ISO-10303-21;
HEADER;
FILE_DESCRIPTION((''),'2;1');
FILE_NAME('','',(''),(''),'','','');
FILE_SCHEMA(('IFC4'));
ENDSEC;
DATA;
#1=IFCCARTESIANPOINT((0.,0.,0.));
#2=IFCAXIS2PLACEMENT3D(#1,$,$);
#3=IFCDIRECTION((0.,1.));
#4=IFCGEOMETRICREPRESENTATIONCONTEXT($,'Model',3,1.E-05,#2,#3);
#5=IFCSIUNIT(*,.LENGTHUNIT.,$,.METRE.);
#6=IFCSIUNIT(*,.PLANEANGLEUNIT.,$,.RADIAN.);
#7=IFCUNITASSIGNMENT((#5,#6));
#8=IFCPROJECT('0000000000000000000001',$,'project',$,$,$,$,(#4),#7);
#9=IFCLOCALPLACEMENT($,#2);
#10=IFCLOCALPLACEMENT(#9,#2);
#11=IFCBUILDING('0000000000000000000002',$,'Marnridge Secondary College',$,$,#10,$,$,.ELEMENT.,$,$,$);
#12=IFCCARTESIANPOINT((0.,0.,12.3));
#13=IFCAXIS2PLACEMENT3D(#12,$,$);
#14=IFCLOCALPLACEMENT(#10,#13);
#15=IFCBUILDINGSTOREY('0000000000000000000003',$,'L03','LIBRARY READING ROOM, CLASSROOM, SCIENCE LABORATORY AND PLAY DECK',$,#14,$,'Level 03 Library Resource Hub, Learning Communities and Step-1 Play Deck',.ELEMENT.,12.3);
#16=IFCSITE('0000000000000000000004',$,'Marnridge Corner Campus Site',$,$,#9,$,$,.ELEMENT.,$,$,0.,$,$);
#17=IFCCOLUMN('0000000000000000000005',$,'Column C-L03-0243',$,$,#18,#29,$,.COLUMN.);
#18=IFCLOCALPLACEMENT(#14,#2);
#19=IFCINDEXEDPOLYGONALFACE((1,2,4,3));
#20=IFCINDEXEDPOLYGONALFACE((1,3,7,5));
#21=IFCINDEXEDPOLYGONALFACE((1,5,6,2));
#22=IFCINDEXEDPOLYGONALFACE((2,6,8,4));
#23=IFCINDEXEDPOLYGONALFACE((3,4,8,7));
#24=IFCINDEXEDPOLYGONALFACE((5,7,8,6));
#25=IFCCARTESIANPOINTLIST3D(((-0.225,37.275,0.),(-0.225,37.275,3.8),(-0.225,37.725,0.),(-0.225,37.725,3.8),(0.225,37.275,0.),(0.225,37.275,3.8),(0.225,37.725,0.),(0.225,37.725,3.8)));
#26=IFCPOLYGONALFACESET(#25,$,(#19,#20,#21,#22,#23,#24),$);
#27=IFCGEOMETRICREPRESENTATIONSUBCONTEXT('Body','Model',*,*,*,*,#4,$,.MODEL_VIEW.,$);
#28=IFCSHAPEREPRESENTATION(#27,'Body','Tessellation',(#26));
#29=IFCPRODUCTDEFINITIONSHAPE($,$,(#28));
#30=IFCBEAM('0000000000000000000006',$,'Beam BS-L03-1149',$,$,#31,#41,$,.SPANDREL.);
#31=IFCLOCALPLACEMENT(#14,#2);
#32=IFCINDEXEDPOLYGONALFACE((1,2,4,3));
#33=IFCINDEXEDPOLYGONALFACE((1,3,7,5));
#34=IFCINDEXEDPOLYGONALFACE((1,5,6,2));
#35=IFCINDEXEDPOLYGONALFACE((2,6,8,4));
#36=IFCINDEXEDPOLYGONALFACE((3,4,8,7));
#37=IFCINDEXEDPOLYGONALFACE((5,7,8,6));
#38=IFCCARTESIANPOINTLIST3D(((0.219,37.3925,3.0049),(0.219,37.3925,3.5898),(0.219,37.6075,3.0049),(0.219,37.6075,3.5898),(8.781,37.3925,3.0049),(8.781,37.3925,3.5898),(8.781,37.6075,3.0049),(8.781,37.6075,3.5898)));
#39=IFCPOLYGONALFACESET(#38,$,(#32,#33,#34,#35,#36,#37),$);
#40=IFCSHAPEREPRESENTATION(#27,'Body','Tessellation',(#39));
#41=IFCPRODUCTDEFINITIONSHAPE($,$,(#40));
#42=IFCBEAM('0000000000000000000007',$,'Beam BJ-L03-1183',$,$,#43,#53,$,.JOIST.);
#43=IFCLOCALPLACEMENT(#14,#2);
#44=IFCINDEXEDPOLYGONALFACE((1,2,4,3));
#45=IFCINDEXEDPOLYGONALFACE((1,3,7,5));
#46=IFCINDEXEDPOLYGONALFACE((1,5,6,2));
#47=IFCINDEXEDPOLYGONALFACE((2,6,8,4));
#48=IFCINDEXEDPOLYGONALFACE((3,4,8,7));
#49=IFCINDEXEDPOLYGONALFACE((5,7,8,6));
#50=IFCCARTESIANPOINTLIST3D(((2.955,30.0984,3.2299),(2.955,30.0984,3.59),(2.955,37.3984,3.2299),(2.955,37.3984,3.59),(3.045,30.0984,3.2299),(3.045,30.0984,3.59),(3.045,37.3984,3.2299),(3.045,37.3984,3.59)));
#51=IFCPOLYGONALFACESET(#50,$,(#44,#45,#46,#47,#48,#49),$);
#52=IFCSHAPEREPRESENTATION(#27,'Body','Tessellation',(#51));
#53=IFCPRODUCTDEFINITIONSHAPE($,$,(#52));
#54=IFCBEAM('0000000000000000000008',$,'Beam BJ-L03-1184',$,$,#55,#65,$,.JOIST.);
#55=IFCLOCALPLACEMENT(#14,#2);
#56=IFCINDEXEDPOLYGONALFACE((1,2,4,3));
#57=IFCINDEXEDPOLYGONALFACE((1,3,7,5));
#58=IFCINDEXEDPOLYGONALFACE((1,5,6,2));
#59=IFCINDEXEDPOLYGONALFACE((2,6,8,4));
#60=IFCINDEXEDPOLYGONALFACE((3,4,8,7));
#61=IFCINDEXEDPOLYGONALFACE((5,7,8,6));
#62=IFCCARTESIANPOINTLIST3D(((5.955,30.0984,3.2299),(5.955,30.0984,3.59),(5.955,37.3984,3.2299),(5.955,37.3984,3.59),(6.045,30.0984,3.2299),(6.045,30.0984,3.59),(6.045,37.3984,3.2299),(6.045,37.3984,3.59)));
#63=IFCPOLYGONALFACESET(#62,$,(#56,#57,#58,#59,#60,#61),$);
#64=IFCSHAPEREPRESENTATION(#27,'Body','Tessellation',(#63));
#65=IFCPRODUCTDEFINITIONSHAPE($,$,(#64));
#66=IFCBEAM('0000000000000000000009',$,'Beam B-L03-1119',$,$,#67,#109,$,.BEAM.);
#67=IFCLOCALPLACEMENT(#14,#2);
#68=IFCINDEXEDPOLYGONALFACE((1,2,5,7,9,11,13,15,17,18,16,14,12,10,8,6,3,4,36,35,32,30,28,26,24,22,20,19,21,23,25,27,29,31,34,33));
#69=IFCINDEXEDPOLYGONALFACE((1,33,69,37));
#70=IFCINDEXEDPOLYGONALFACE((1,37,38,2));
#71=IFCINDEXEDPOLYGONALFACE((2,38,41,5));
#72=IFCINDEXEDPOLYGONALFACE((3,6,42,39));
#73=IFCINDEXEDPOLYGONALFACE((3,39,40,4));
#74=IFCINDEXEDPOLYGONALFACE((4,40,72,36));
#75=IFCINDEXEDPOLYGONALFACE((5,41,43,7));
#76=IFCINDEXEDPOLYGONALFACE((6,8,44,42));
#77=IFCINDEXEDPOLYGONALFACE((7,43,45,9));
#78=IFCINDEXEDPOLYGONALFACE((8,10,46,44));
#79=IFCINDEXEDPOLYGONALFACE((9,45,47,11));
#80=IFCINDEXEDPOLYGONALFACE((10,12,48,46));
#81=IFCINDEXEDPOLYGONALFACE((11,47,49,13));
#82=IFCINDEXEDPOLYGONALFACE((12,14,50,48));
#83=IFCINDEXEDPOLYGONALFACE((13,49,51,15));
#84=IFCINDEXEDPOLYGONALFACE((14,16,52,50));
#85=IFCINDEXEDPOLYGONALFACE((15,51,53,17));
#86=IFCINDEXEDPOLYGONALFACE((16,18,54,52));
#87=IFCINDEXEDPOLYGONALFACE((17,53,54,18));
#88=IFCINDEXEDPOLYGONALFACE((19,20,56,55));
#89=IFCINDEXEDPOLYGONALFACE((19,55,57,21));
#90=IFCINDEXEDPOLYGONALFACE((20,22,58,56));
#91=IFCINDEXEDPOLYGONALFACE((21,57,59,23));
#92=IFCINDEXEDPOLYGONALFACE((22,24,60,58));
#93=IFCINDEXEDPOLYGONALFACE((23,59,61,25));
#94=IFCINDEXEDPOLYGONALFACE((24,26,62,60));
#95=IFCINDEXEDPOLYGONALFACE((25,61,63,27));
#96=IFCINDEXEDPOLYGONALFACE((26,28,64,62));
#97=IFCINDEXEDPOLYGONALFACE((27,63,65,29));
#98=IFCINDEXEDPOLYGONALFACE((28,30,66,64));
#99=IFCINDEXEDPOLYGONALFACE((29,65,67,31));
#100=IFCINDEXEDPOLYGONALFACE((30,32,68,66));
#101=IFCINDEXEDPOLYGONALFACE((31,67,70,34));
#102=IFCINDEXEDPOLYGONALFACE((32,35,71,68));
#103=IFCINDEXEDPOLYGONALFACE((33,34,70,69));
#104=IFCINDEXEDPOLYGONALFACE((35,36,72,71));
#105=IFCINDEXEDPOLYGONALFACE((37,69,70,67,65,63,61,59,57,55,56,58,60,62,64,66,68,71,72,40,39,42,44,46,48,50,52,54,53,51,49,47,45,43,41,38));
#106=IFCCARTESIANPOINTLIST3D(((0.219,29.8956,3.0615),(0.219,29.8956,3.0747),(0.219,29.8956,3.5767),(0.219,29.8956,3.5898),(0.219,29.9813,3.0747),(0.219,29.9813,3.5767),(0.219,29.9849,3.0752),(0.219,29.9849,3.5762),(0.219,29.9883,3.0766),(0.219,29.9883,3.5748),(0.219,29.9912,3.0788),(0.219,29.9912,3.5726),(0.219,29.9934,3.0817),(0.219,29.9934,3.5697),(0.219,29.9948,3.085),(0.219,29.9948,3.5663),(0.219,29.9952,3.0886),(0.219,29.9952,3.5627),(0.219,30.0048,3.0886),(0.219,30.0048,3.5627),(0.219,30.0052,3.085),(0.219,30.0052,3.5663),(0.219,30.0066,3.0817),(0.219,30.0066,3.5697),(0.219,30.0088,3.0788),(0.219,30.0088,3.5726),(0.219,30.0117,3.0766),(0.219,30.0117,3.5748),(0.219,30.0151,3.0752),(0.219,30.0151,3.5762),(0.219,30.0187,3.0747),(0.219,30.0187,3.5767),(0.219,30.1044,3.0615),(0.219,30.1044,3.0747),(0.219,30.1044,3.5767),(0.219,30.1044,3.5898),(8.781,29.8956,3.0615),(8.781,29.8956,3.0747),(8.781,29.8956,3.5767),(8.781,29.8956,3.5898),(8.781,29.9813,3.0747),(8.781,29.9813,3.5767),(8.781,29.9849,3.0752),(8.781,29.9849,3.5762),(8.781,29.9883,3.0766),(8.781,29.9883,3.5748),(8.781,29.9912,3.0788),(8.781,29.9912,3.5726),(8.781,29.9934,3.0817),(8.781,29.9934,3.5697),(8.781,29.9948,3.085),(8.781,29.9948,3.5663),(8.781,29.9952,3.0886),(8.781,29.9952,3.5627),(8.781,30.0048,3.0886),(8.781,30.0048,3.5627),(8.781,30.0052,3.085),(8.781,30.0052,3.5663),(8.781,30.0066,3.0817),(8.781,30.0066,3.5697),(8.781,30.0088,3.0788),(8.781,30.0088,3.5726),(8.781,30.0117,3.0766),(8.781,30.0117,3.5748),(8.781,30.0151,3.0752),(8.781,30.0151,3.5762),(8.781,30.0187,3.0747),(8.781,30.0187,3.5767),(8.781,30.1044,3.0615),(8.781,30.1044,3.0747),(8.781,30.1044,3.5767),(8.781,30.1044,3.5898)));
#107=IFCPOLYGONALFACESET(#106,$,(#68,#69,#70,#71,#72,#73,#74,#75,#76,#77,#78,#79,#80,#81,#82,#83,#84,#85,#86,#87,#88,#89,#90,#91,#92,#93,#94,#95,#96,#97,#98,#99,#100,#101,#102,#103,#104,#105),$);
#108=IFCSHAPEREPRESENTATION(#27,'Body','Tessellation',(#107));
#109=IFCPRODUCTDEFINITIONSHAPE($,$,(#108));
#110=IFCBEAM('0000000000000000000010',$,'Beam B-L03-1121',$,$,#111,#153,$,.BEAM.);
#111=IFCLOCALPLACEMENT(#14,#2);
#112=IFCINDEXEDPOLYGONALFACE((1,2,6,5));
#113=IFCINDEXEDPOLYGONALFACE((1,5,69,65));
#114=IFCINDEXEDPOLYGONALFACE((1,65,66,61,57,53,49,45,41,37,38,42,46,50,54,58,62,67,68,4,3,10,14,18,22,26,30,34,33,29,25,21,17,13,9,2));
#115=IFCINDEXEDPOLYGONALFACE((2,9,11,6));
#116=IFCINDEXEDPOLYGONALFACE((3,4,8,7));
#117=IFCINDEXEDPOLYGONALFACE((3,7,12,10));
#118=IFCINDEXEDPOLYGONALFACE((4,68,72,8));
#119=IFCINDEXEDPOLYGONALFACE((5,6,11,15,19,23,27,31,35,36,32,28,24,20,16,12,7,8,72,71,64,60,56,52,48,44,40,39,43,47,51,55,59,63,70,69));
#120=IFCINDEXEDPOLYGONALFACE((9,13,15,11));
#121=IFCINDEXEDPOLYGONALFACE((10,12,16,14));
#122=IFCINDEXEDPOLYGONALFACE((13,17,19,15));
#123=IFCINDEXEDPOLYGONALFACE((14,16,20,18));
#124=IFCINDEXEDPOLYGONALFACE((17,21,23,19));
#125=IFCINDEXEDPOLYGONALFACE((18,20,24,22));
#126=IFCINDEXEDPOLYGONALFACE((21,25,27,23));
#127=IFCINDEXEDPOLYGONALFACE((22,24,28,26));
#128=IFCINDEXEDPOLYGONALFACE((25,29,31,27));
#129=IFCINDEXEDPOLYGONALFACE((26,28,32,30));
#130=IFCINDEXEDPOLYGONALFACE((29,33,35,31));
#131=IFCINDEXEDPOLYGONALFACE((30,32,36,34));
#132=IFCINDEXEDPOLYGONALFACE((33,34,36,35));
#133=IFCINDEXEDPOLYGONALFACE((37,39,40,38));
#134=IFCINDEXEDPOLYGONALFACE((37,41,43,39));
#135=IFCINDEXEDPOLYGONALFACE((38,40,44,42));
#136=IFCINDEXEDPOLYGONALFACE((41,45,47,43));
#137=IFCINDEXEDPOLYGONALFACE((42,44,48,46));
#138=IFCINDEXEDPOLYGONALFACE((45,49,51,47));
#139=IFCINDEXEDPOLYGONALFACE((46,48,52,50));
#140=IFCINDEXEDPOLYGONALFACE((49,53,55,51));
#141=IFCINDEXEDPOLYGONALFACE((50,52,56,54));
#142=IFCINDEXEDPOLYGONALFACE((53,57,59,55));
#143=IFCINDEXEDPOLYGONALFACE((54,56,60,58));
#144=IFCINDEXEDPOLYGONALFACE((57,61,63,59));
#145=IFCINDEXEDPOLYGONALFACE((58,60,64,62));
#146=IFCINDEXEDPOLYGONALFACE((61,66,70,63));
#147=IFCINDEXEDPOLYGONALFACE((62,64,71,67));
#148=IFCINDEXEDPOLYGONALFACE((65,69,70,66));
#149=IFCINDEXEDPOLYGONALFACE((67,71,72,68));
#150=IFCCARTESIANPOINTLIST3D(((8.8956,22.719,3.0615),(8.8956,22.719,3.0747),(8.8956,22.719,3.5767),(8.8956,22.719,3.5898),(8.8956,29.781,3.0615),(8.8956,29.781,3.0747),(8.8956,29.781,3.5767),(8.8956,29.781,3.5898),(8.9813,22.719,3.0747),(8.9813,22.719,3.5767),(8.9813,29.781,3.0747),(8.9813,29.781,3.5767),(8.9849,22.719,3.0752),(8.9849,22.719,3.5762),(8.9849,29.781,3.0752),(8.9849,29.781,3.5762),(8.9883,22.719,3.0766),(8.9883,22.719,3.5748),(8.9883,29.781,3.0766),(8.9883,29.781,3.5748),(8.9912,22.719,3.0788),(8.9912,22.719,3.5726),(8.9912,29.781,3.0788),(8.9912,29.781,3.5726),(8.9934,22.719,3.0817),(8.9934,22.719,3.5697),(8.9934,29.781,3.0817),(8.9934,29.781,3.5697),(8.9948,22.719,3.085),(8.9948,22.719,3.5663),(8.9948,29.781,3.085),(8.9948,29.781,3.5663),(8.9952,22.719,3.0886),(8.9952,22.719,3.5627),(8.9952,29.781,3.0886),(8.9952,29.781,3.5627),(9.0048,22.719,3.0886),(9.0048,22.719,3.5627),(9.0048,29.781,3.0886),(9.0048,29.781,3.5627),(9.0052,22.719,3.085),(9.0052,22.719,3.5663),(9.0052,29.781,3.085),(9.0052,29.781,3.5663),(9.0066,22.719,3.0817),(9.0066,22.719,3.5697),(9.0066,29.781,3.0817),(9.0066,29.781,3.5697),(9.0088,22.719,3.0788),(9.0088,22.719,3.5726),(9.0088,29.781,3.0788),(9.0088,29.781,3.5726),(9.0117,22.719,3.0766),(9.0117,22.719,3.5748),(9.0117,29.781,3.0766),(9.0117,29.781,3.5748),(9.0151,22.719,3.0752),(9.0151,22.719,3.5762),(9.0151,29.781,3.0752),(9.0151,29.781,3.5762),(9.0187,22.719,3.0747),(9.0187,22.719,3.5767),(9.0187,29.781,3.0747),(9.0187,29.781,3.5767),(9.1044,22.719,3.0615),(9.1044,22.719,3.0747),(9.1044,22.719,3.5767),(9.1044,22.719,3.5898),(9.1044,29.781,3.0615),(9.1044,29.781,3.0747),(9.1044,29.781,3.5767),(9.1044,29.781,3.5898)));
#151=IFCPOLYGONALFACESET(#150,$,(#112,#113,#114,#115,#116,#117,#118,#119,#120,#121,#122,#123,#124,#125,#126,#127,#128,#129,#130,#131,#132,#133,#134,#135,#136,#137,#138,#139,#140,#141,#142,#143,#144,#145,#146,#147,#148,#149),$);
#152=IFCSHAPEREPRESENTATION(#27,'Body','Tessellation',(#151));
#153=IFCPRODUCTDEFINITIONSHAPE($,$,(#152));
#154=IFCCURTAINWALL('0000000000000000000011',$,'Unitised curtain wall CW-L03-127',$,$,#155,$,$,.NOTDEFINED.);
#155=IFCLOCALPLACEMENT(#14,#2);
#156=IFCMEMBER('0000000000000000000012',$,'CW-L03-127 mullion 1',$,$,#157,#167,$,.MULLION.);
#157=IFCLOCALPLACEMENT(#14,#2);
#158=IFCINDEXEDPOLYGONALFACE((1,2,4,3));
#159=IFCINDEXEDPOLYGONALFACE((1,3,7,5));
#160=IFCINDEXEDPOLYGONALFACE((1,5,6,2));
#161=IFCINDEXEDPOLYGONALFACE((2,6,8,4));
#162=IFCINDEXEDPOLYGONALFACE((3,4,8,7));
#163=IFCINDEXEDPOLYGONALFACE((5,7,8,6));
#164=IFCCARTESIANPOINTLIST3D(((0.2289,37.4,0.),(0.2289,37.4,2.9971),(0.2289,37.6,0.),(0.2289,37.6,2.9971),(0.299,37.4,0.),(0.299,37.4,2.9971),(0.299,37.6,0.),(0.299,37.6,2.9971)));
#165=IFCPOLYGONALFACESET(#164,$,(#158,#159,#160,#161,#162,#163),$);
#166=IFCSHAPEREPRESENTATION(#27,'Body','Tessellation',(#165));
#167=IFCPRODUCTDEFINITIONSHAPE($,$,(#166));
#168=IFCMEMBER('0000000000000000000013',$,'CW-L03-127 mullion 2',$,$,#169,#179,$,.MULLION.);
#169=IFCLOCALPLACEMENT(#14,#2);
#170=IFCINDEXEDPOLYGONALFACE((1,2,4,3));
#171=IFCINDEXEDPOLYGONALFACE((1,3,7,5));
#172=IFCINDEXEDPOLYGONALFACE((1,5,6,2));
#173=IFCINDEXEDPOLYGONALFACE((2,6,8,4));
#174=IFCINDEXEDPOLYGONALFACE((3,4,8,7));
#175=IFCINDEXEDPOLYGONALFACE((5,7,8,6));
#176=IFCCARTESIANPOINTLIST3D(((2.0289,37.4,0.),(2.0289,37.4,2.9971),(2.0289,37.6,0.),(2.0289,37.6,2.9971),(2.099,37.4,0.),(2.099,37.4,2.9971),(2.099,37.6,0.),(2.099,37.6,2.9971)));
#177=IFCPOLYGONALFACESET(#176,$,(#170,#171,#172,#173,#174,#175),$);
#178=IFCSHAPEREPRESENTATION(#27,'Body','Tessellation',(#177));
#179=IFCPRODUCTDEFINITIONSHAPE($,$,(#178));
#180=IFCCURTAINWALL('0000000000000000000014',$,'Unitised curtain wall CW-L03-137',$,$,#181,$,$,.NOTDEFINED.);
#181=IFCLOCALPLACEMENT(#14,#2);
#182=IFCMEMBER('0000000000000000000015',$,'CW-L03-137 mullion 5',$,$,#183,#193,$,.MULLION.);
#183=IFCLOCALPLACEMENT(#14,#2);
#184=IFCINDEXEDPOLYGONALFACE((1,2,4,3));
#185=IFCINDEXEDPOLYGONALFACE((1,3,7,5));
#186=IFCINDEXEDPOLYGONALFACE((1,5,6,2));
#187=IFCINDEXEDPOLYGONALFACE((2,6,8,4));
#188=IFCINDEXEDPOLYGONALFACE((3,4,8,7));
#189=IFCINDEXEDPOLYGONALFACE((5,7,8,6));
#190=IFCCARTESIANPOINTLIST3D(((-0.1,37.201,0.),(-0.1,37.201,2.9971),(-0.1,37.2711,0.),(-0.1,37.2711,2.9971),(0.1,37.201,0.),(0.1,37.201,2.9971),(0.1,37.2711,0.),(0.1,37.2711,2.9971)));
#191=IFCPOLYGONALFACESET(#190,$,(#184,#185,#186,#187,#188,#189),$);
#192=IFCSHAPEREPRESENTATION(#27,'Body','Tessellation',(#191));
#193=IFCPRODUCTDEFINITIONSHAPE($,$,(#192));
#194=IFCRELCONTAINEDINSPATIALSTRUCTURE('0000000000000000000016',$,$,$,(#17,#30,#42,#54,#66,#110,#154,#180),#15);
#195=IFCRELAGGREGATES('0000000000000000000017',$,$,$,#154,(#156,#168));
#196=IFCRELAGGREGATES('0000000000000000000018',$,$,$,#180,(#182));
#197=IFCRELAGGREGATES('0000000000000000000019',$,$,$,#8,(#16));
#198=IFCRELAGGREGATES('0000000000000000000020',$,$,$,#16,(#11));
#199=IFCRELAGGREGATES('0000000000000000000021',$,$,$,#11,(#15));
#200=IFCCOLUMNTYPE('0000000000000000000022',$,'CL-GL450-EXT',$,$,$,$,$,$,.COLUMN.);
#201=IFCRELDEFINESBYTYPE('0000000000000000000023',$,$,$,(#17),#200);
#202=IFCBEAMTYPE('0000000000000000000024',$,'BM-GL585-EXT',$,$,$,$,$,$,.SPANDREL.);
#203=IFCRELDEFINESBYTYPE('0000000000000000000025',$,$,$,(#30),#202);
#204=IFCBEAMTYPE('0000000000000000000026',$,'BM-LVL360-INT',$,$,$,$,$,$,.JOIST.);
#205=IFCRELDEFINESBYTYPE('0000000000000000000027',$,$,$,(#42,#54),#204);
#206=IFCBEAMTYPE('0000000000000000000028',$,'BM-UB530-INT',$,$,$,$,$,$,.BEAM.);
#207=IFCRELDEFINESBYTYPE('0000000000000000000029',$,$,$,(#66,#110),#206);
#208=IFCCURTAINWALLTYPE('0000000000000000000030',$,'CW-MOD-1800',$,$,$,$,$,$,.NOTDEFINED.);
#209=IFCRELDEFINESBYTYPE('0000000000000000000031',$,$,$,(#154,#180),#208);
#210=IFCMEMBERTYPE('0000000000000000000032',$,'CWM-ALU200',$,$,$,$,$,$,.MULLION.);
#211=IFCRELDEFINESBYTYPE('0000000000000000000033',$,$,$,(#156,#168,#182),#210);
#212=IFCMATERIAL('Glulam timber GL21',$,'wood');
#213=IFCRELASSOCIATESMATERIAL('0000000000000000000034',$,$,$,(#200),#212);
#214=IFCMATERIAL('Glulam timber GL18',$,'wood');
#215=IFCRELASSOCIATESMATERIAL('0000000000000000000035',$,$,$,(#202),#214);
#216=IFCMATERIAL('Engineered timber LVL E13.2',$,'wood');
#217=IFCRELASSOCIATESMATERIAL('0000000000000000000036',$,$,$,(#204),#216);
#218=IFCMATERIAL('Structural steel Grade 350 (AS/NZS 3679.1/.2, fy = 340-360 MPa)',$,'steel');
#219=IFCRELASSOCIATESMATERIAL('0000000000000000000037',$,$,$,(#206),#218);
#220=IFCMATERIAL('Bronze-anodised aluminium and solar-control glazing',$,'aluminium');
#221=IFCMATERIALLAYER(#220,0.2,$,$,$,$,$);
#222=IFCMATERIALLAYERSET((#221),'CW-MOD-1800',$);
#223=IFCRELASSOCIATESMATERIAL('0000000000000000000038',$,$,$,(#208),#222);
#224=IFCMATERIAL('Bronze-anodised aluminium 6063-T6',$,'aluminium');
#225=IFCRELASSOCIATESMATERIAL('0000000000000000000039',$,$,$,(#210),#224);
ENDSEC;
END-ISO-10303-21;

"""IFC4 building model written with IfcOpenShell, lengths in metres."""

from ifc_helpers import new_model, si_unit, direction, frame, origin, origin_2d, place, context, subcontext, project, spatial, rectangle, i_section, extrude, material, layer, layer_set, material_profile, profile_set, type_object, element, aggregate, save


model = new_model("IFC4")

# Units and contexts
model_context = context("Model", 3, precision=1e-05, world=origin(), true_north=direction((0.0, 1.0)))
body_context = subcontext(model_context, "Body", "Model", "MODEL_VIEW")
ifc_project = project(units=[si_unit("LENGTHUNIT", "METRE"), si_unit("PLANEANGLEUNIT", "RADIAN")], contexts=[model_context])

# Site, building, storey
site_placement = place(None, origin())
site = spatial("IfcSite", under=ifc_project, at=site_placement, Name="Marnridge Corner Campus Site", CompositionType="ELEMENT", RefElevation=0.0)
building_placement = place(site_placement, origin())
building = spatial("IfcBuilding", under=site, at=building_placement, Name="Marnridge Secondary College", CompositionType="ELEMENT")
storey_placement = place(building_placement, frame((0.0, 0.0, 12.3)))
storey = spatial("IfcBuildingStorey", under=building, at=storey_placement, Name="L03", Description="LIBRARY READING ROOM, CLASSROOM, SCIENCE LABORATORY AND PLAY DECK", LongName="Level 03 Library Resource Hub, Learning Communities and Step-1 Play Deck", CompositionType="ELEMENT", Elevation=12.3)

# Column
ifc_material_1 = material(Name="Glulam timber GL21", Category="wood")
ifc_material_profile_1 = material_profile(ifc_material_1, rectangle(XDim=0.45, YDim=0.45, at=origin_2d()), Name="GL21 450x450")
ifc_profile_set_1 = profile_set([ifc_material_profile_1], Name="Glulam timber GL21")
column_type = type_object("IfcColumnType", Name="CL-GL450-EXT", PredefinedType="COLUMN", material=ifc_profile_set_1)
column_placement = place(storey_placement, frame((0.0, 37.5, 0.0), z_axis=(0.0, 0.0, 1.0), x_axis=(1.0, 0.0, 0.0)))
element("IfcColumn", 1, at=column_placement, inside=storey, type_object=column_type, Name="Column C-L03-0243", PredefinedType="COLUMN", context=body_context, shape_type="SweptSolid", body=[
    extrude(rectangle(XDim=0.45, YDim=0.45, at=origin_2d()), origin(), (0.0, 0.0, 1.0), 3.8),
])

# Beams
ifc_material_2 = material(Name="Glulam timber GL18", Category="wood")
ifc_material_profile_2 = material_profile(ifc_material_2, rectangle(XDim=0.2151, YDim=0.585, at=origin_2d()), Name="GL18 215x585")
ifc_profile_set_2 = profile_set([ifc_material_profile_2], Name="Glulam timber GL18")
beam_type_1 = type_object("IfcBeamType", Name="BM-GL585-EXT", PredefinedType="SPANDREL", material=ifc_profile_set_2)
beam_1_placement = place(storey_placement, frame((0.219, 37.5, 3.2974), z_axis=(1.0, 0.0, 0.0), x_axis=(0.0, 1.0, 0.0)))
element("IfcBeam", 2, at=beam_1_placement, inside=storey, type_object=beam_type_1, Name="Beam BS-L03-1149", PredefinedType="SPANDREL", context=body_context, shape_type="SweptSolid", body=[
    extrude(rectangle(XDim=0.2151, YDim=0.585, at=origin_2d()), origin(), (0.0, 0.0, 1.0), 8.562),
])
ifc_material_3 = material(Name="Engineered timber LVL E13.2", Category="wood")
ifc_material_profile_3 = material_profile(ifc_material_3, rectangle(XDim=0.0901, YDim=0.3601, at=origin_2d()), Name="LVL 90x360")
ifc_profile_set_3 = profile_set([ifc_material_profile_3], Name="Engineered timber LVL E13.2")
beam_type_2 = type_object("IfcBeamType", Name="BM-LVL360-INT", PredefinedType="JOIST", material=ifc_profile_set_3)
for number, where, z_axis, x_axis, name in (
    (3, (3.0, 30.0984, 3.4099), (0.0, 1.0, 0.0), (-1.0, 0.0, 0.0), "Beam BJ-L03-1183"),
    (4, (6.0, 30.0984, 3.4099), (0.0, 1.0, 0.0), (-1.0, 0.0, 0.0), "Beam BJ-L03-1184"),
):
    element("IfcBeam", number, at=place(storey_placement, frame(where, z_axis=z_axis, x_axis=x_axis)), inside=storey, type_object=beam_type_2, Name=name, PredefinedType="JOIST", context=body_context, shape_type="SweptSolid", body=[
        extrude(rectangle(XDim=0.0901, YDim=0.3601, at=origin_2d()), origin(), (0.0, 0.0, 1.0), 7.3),
    ])
ifc_material_4 = material(Name="Structural steel Grade 350 (AS/NZS 3679.1/.2, fy = 340-360 MPa)", Category="steel")
ifc_material_profile_4 = material_profile(ifc_material_4, i_section(OverallWidth=0.2087, OverallDepth=0.5283, WebThickness=0.0095, FlangeThickness=0.0132, FilletRadius=0.0139, at=origin_2d()), Name="530UB82.0")
ifc_profile_set_4 = profile_set([ifc_material_profile_4], Name="Structural steel Grade 350 (AS/NZS 3679.1/.2, fy = 340-360 MPa)")
beam_type_3 = type_object("IfcBeamType", Name="BM-UB530-INT", PredefinedType="BEAM", material=ifc_profile_set_4)
beam_2_placement = place(storey_placement, frame((0.219, 30.0, 3.3257), z_axis=(1.0, 0.0, 0.0), x_axis=(0.0, 1.0, 0.0)))
element("IfcBeam", 5, at=beam_2_placement, inside=storey, type_object=beam_type_3, Name="Beam B-L03-1119", PredefinedType="BEAM", context=body_context, shape_type="SweptSolid", body=[
    extrude(i_section(OverallWidth=0.2087, OverallDepth=0.5283, WebThickness=0.0095, FlangeThickness=0.0132, FilletRadius=0.0139, at=origin_2d()), origin(), (0.0, 0.0, 1.0), 8.562),
])
beam_3_placement = place(storey_placement, frame((9.0, 22.719, 3.3257), z_axis=(0.0, 1.0, 0.0), x_axis=(-1.0, 0.0, 0.0)))
element("IfcBeam", 6, at=beam_3_placement, inside=storey, type_object=beam_type_3, Name="Beam B-L03-1121", PredefinedType="BEAM", context=body_context, shape_type="SweptSolid", body=[
    extrude(i_section(OverallWidth=0.2087, OverallDepth=0.5283, WebThickness=0.0095, FlangeThickness=0.0132, FilletRadius=0.0139, at=origin_2d()), origin(), (0.0, 0.0, 1.0), 7.062),
])

# Curtain wall, members
ifc_material_5 = material(Name="Bronze-anodised aluminium and solar-control glazing", Category="aluminium")
ifc_layer_1 = layer(ifc_material_5, 0.2)
ifc_layer_set_1 = layer_set([ifc_layer_1], Name="CW-MOD-1800")
curtain_wall_type = type_object("IfcCurtainWallType", Name="CW-MOD-1800", PredefinedType="NOTDEFINED", material=ifc_layer_set_1)
curtain_wall_1_placement = place(storey_placement, origin())
curtain_wall_1 = element("IfcCurtainWall", 7, at=curtain_wall_1_placement, inside=storey, type_object=curtain_wall_type, Name="Unitised curtain wall CW-L03-127", PredefinedType="NOTDEFINED")
ifc_material_6 = material(Name="Bronze-anodised aluminium 6063-T6", Category="aluminium")
ifc_material_profile_5 = material_profile(ifc_material_6, rectangle(XDim=0.0701, YDim=0.2, at=origin_2d()), Name="ALU 70x200")
ifc_profile_set_5 = profile_set([ifc_material_profile_5], Name="Bronze-anodised aluminium 6063-T6")
member_type_1 = type_object("IfcMemberType", Name="CWM-ALU200", PredefinedType="MULLION", material=ifc_profile_set_5)
member_1_placement = place(storey_placement, frame((0.2639, 37.5, 0.0), z_axis=(0.0, 0.0, 1.0), x_axis=(1.0, 0.0, 0.0)))
member_1 = element("IfcMember", 8, at=member_1_placement, type_object=member_type_1, Name="CW-L03-127 mullion 1", PredefinedType="MULLION", context=body_context, shape_type="SweptSolid", body=[
    extrude(rectangle(XDim=0.0701, YDim=0.2, at=origin_2d()), origin(), (0.0, 0.0, 1.0), 2.9971),
])
member_2_placement = place(storey_placement, frame((2.064, 37.5, 0.0), z_axis=(0.0, 0.0, 1.0), x_axis=(1.0, 0.0, 0.0)))
member_2 = element("IfcMember", 9, at=member_2_placement, type_object=member_type_1, Name="CW-L03-127 mullion 2", PredefinedType="MULLION", context=body_context, shape_type="SweptSolid", body=[
    extrude(rectangle(XDim=0.0701, YDim=0.2, at=origin_2d()), origin(), (0.0, 0.0, 1.0), 2.9971),
])

# Curtain wall, member
curtain_wall_2_placement = place(storey_placement, origin())
curtain_wall_2 = element("IfcCurtainWall", 10, at=curtain_wall_2_placement, inside=storey, type_object=curtain_wall_type, Name="Unitised curtain wall CW-L03-137", PredefinedType="NOTDEFINED")
member_3_placement = place(storey_placement, frame((0.0, 37.2361, 0.0), z_axis=(0.0, 0.0, 1.0), x_axis=(0.0, 1.0, 0.0)))
member_3 = element("IfcMember", 11, at=member_3_placement, type_object=member_type_1, Name="CW-L03-137 mullion 5", PredefinedType="MULLION", context=body_context, shape_type="SweptSolid", body=[
    extrude(rectangle(XDim=0.0701, YDim=0.2, at=origin_2d()), origin(), (0.0, 0.0, 1.0), 2.9971),
])

aggregate(curtain_wall_1, [member_1, member_2])
aggregate(curtain_wall_2, [member_3])

save(model, "model.ifc")
